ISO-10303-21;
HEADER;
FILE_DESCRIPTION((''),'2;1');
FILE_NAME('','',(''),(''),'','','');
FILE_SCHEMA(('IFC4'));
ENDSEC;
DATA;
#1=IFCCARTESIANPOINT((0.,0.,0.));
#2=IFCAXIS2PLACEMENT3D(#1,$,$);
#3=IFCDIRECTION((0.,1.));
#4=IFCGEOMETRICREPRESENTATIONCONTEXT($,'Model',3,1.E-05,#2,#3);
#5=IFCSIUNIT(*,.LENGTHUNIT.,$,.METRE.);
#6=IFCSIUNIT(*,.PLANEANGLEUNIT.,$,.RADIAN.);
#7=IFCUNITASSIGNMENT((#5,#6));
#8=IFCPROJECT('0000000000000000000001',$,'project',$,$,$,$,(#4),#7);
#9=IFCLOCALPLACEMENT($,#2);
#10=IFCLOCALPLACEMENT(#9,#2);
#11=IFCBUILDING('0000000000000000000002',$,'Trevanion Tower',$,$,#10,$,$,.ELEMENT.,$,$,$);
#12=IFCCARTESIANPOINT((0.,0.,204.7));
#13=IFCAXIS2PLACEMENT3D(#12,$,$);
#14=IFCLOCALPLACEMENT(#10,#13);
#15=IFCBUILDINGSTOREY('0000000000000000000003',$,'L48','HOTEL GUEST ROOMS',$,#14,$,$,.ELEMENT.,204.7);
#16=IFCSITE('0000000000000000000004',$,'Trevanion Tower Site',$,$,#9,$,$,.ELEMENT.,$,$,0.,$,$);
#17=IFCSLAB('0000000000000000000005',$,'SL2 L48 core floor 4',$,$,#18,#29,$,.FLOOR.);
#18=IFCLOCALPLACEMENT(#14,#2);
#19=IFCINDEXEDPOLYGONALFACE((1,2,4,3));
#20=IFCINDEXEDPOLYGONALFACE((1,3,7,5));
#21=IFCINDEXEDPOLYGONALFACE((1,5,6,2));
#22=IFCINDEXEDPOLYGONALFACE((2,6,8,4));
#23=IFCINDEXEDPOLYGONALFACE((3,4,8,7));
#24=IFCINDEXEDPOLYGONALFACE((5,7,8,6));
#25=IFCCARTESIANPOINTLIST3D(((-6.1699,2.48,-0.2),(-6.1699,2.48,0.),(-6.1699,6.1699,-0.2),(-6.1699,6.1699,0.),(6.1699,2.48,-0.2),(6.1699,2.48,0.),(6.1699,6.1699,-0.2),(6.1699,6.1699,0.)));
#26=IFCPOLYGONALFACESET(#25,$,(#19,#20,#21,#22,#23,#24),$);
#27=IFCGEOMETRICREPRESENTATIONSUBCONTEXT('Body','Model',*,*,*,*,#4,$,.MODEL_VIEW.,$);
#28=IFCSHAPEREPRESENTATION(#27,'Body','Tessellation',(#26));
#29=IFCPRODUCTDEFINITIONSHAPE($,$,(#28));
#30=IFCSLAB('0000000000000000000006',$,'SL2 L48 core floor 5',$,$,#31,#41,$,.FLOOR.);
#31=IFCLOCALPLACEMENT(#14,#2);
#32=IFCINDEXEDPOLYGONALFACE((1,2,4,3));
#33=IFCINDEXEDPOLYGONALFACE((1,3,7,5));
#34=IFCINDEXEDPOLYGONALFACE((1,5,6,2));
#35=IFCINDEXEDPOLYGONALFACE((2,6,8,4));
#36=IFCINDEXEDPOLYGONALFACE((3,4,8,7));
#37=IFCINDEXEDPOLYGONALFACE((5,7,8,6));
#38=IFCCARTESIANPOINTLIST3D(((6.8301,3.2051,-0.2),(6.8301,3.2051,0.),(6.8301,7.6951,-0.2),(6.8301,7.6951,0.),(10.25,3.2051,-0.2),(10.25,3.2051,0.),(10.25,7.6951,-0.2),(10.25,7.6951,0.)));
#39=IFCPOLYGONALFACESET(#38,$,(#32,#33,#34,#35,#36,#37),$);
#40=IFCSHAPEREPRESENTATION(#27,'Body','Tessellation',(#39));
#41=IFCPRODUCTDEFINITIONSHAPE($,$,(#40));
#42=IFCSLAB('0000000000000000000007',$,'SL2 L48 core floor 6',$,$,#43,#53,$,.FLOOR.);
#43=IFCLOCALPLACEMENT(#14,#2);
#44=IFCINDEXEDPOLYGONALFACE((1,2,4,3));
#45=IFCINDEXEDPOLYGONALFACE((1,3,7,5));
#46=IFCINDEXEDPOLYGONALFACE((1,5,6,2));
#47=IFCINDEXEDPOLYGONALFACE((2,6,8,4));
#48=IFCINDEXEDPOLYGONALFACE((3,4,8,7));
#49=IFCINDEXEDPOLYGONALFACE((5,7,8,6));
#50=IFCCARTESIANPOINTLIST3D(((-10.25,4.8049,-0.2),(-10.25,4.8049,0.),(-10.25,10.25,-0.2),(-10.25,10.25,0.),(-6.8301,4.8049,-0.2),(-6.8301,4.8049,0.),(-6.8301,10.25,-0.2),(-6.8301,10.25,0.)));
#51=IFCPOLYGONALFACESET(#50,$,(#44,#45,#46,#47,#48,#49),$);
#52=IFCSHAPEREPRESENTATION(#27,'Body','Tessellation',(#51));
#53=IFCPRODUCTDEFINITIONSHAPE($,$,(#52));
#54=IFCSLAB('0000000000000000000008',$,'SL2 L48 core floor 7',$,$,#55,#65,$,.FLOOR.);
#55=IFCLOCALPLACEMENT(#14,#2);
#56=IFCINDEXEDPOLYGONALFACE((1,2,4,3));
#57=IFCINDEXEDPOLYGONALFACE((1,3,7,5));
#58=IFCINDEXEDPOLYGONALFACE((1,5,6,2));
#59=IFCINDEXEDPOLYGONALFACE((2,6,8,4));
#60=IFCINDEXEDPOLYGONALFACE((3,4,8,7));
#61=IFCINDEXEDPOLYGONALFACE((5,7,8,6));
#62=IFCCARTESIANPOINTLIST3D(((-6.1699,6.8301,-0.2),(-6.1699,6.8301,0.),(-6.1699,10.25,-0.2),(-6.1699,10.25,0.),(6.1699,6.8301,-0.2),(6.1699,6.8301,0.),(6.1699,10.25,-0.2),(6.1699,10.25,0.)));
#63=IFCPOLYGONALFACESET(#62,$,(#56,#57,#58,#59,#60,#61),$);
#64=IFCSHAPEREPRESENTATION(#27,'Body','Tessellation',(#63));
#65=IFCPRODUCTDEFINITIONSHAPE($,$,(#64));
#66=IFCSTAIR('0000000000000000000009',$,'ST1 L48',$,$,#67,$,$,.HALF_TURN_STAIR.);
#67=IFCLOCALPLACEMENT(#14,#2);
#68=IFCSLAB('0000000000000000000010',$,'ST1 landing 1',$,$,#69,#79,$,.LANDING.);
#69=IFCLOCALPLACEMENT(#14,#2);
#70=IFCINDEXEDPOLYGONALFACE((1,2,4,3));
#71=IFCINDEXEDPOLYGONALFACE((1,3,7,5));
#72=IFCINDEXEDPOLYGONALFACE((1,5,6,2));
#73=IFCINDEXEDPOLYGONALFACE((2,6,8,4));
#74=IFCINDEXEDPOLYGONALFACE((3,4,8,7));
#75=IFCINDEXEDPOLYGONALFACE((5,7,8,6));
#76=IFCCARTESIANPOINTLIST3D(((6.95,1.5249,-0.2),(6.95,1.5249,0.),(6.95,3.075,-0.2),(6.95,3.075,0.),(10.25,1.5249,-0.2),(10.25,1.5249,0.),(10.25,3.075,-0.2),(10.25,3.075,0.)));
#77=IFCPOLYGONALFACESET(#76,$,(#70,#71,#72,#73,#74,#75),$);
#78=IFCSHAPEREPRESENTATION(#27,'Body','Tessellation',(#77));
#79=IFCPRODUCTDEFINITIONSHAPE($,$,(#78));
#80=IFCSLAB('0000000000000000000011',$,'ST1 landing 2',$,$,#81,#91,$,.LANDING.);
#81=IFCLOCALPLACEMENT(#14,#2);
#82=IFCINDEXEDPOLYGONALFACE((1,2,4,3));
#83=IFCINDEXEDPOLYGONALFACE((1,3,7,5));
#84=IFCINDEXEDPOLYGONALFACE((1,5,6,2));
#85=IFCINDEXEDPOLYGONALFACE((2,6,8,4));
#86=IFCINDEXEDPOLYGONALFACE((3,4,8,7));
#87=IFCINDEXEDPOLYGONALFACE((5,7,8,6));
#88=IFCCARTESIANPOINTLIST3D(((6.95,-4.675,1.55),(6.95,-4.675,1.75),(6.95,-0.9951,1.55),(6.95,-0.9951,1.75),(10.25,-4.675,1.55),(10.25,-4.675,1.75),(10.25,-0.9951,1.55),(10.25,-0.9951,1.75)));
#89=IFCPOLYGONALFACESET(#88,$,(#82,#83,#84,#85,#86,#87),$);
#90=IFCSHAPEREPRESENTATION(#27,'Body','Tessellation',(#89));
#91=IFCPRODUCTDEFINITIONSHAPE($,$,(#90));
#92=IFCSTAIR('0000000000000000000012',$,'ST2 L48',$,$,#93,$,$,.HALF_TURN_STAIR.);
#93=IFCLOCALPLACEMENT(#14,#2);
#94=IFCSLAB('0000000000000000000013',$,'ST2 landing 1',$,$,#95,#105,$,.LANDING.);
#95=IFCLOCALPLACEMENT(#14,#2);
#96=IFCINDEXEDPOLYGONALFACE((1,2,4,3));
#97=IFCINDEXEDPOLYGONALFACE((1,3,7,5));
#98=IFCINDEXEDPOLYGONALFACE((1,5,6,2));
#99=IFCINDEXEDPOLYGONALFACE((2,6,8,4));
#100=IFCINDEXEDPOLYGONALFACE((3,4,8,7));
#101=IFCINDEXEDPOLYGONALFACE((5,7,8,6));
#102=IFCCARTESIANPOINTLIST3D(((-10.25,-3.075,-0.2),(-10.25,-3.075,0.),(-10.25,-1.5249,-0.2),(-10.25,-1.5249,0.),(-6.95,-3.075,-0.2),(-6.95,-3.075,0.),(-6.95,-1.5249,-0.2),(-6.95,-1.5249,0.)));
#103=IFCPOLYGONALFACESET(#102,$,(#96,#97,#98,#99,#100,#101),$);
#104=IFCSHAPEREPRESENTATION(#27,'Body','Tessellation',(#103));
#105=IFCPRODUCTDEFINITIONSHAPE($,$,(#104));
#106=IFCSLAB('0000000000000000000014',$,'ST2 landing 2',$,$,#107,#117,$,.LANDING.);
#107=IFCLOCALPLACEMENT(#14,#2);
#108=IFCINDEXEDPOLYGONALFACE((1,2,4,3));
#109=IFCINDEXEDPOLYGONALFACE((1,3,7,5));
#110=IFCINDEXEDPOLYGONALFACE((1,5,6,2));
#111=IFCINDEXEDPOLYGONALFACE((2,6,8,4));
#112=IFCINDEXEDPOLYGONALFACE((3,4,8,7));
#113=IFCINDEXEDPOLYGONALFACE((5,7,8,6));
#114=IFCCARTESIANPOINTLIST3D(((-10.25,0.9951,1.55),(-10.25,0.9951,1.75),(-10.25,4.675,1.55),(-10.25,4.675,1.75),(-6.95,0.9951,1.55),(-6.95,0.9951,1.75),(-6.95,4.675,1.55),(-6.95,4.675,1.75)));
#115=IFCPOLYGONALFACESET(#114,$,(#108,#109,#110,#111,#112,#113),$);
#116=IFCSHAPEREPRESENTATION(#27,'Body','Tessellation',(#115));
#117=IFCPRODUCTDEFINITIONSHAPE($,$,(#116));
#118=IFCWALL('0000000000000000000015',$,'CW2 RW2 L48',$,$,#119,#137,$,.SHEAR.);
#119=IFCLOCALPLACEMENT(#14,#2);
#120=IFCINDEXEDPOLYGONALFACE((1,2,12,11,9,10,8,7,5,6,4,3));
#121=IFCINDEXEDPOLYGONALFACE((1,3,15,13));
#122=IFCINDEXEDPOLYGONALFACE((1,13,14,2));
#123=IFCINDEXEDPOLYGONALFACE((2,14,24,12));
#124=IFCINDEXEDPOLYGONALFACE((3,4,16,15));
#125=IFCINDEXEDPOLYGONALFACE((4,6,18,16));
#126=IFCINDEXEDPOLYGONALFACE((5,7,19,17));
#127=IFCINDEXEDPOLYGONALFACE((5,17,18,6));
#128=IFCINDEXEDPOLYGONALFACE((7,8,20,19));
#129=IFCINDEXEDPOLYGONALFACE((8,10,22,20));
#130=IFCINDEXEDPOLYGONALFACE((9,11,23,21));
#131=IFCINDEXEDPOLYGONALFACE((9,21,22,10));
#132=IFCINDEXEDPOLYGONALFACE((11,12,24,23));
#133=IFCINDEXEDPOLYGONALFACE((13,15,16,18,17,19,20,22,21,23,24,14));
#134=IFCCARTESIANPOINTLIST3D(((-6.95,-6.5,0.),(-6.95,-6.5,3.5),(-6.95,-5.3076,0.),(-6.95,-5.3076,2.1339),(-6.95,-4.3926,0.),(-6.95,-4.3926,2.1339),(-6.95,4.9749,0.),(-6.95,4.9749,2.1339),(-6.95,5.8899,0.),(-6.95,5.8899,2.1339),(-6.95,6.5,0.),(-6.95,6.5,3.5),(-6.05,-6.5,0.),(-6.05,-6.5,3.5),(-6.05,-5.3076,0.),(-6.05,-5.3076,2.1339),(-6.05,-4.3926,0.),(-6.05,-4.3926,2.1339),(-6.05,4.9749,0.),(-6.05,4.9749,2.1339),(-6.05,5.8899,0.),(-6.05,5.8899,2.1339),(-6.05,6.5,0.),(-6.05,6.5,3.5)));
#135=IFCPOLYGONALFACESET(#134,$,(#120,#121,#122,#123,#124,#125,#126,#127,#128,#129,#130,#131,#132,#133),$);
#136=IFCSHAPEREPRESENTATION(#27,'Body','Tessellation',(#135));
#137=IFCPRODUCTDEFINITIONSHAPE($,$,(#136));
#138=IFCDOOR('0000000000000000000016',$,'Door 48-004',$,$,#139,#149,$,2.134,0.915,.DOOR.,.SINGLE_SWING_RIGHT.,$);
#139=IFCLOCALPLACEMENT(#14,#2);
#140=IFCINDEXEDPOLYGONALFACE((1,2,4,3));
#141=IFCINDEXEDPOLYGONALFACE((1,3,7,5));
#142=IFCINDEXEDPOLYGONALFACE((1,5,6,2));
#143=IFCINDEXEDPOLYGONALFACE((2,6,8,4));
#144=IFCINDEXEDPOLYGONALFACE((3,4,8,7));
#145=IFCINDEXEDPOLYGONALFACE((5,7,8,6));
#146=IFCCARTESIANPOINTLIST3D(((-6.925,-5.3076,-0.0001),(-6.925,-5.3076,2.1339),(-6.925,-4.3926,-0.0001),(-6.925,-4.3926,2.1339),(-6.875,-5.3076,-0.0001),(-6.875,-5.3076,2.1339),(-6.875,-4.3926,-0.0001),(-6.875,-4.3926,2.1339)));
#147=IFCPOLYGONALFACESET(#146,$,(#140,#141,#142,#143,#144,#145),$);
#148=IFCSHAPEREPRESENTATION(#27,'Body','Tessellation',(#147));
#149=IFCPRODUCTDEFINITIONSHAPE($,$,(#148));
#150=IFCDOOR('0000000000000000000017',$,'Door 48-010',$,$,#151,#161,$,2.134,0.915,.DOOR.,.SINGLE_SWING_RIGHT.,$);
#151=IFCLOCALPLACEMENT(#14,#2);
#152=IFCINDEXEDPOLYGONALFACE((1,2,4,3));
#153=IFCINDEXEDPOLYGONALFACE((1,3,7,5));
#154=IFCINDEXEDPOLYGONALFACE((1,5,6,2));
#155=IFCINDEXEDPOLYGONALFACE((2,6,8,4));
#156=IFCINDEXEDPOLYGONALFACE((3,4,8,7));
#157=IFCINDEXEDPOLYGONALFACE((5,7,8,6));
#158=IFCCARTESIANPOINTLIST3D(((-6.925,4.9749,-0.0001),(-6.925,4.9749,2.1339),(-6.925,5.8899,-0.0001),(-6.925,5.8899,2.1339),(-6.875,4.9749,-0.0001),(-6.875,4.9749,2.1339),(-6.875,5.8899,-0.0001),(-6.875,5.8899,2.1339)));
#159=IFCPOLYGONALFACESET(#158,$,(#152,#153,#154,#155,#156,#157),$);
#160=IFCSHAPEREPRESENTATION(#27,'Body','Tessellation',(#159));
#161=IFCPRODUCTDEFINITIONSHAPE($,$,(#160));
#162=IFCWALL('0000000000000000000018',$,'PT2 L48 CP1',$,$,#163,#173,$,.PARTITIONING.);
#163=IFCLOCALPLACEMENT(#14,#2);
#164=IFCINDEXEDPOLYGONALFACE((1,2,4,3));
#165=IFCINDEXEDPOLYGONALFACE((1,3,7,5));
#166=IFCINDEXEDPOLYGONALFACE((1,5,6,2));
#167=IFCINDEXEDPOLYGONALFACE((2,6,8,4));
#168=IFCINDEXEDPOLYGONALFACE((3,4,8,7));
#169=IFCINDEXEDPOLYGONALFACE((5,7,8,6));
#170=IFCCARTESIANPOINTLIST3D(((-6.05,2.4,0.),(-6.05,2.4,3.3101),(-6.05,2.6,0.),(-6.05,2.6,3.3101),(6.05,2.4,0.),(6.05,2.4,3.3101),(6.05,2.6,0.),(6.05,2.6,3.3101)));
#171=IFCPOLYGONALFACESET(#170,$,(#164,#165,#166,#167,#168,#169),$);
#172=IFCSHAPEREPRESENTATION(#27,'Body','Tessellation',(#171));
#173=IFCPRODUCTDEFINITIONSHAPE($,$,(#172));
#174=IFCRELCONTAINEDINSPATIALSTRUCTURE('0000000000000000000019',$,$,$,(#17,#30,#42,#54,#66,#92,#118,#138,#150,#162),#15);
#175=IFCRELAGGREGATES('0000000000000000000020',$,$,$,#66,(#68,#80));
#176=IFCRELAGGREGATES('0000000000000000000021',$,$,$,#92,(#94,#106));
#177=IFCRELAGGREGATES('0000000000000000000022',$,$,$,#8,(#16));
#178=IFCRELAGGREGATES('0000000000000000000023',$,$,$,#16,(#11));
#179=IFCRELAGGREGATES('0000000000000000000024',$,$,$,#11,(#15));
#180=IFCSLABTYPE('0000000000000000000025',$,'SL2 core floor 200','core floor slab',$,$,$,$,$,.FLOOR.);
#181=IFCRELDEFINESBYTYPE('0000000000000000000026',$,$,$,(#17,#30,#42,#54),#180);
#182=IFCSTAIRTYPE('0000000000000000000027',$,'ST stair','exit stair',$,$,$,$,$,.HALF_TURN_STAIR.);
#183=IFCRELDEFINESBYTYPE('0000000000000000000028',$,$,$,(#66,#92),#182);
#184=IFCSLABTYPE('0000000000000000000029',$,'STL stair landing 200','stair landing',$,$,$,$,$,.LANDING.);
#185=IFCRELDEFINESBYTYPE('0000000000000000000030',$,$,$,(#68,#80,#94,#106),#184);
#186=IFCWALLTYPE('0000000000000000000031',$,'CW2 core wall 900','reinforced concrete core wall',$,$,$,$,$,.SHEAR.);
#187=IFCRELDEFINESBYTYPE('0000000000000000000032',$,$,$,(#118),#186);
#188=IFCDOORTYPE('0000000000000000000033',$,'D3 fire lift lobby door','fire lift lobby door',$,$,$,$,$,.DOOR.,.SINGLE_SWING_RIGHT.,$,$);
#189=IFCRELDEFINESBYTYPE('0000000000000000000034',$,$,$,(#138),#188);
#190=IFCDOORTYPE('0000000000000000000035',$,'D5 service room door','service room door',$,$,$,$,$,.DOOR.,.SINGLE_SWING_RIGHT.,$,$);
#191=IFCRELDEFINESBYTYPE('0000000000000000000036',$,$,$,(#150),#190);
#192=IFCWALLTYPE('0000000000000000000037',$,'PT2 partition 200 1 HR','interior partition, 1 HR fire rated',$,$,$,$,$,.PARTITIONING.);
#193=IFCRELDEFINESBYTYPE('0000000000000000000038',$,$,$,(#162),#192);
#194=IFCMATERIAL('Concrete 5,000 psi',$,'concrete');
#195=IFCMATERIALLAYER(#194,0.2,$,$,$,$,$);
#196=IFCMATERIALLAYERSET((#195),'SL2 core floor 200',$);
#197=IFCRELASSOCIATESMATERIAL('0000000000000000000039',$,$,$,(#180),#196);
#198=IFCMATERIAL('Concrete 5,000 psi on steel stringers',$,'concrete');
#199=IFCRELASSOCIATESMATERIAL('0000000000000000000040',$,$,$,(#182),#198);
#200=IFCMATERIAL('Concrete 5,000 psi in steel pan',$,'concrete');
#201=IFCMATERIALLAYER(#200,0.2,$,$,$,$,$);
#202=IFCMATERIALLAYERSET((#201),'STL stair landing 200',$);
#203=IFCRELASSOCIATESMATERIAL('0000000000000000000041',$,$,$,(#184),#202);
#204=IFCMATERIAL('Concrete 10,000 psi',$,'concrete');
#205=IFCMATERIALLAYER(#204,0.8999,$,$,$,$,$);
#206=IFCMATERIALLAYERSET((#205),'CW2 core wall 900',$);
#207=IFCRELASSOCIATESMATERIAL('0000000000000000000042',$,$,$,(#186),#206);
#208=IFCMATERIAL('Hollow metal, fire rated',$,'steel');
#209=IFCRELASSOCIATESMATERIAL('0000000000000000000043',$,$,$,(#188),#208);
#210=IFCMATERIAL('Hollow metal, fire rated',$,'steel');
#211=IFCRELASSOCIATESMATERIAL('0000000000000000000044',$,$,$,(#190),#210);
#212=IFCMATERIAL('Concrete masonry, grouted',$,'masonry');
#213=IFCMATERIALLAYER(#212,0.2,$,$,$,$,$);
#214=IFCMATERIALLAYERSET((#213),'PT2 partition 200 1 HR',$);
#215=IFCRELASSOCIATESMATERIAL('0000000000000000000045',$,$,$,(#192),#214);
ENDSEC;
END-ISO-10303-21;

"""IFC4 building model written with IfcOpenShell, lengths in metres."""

from ifc_helpers import new_model, si_unit, direction, frame, frame_2d, origin, place, context, subcontext, project, spatial, polyline, rectangle, outline, extrude, material, layer, layer_set, type_object, element, fill, aggregate, save


model = new_model("IFC4")

# Units and contexts
model_context = context("Model", 3, precision=1e-05, world=origin(), true_north=direction((0.0, 1.0)))
body_context = subcontext(model_context, "Body", "Model", "MODEL_VIEW")
ifc_project = project(units=[si_unit("LENGTHUNIT", "METRE"), si_unit("PLANEANGLEUNIT", "RADIAN")], contexts=[model_context])

# Site, building, storey
site_placement = place(None, origin())
site = spatial("IfcSite", under=ifc_project, at=site_placement, Name="Trevanion Tower Site", CompositionType="ELEMENT", RefElevation=0.0)
building_placement = place(site_placement, origin())
building = spatial("IfcBuilding", under=site, at=building_placement, Name="Trevanion Tower", CompositionType="ELEMENT")
storey_placement = place(building_placement, frame((0.0, 0.0, 204.7)))
storey = spatial("IfcBuildingStorey", under=building, at=storey_placement, Name="L48", Description="HOTEL GUEST ROOMS", CompositionType="ELEMENT", Elevation=204.7)

# Slabs
ifc_material_1 = material(Name="Concrete 5,000 psi", Category="concrete")
ifc_layer_1 = layer(ifc_material_1, 0.2)
ifc_layer_set_1 = layer_set([ifc_layer_1], Name="SL2 core floor 200")
slab_type_1 = type_object("IfcSlabType", Name="SL2 core floor 200", Description="core floor slab", PredefinedType="FLOOR", material=ifc_layer_set_1)
slab_1_placement = place(storey_placement, frame((0.0, 0.0, -0.2)))
element("IfcSlab", 1, at=slab_1_placement, inside=storey, type_object=slab_type_1, Name="SL2 L48 core floor 4", PredefinedType="FLOOR", context=body_context, shape_type="SweptSolid", body=[
    extrude(outline(polyline([(6.1699, 2.48), (-6.1699, 2.48), (-6.1699, 6.1699), (6.1699, 6.1699), (6.1699, 2.48)])), origin(), (0.0, 0.0, 1.0), 0.2),
])
slab_2_placement = place(storey_placement, frame((0.0, 0.0, -0.2)))
element("IfcSlab", 2, at=slab_2_placement, inside=storey, type_object=slab_type_1, Name="SL2 L48 core floor 5", PredefinedType="FLOOR", context=body_context, shape_type="SweptSolid", body=[
    extrude(outline(polyline([(6.8301, 3.2051), (6.8301, 7.6951), (10.25, 7.6951), (10.25, 3.2051), (6.8301, 3.2051)])), origin(), (0.0, 0.0, 1.0), 0.2),
])
slab_3_placement = place(storey_placement, frame((0.0, 0.0, -0.2)))
element("IfcSlab", 3, at=slab_3_placement, inside=storey, type_object=slab_type_1, Name="SL2 L48 core floor 6", PredefinedType="FLOOR", context=body_context, shape_type="SweptSolid", body=[
    extrude(outline(polyline([(-6.8301, 4.8049), (-10.25, 4.8049), (-10.25, 10.25), (-6.8301, 10.25), (-6.8301, 4.8049)])), origin(), (0.0, 0.0, 1.0), 0.2),
])
slab_4_placement = place(storey_placement, frame((0.0, 0.0, -0.2)))
element("IfcSlab", 4, at=slab_4_placement, inside=storey, type_object=slab_type_1, Name="SL2 L48 core floor 7", PredefinedType="FLOOR", context=body_context, shape_type="SweptSolid", body=[
    extrude(outline(polyline([(6.1699, 6.8301), (-6.1699, 6.8301), (-6.1699, 10.25), (6.1699, 10.25), (6.1699, 6.8301)])), origin(), (0.0, 0.0, 1.0), 0.2),
])

# Stairs, slabs
ifc_material_2 = material(Name="Concrete 5,000 psi on steel stringers", Category="concrete")
stair_type = type_object("IfcStairType", Name="ST stair", Description="exit stair", PredefinedType="HALF_TURN_STAIR", material=ifc_material_2)
stair_1_placement = place(storey_placement, origin())
stair_1 = element("IfcStair", 5, at=stair_1_placement, inside=storey, type_object=stair_type, Name="ST1 L48", PredefinedType="HALF_TURN_STAIR")
ifc_material_3 = material(Name="Concrete 5,000 psi in steel pan", Category="concrete")
ifc_layer_2 = layer(ifc_material_3, 0.2)
ifc_layer_set_2 = layer_set([ifc_layer_2], Name="STL stair landing 200")
slab_type_2 = type_object("IfcSlabType", Name="STL stair landing 200", Description="stair landing", PredefinedType="LANDING", material=ifc_layer_set_2)
slab_5_placement = place(storey_placement, frame((0.0, 0.0, -0.2)))
slab_5 = element("IfcSlab", 6, at=slab_5_placement, type_object=slab_type_2, Name="ST1 landing 1", PredefinedType="LANDING", context=body_context, shape_type="SweptSolid", body=[
    extrude(outline(polyline([(6.95, 1.5249), (10.25, 1.5249), (10.25, 3.075), (6.95, 3.075), (6.95, 1.5249)])), origin(), (0.0, 0.0, 1.0), 0.2),
])
slab_6_placement = place(storey_placement, frame((0.0, 0.0, 1.55)))
slab_6 = element("IfcSlab", 7, at=slab_6_placement, type_object=slab_type_2, Name="ST1 landing 2", PredefinedType="LANDING", context=body_context, shape_type="SweptSolid", body=[
    extrude(outline(polyline([(6.95, -4.675), (10.25, -4.675), (10.25, -0.9951), (6.95, -0.9951), (6.95, -4.675)])), origin(), (0.0, 0.0, 1.0), 0.2),
])
aggregate(stair_1, [slab_5, slab_6])
stair_2_placement = place(storey_placement, origin())
stair_2 = element("IfcStair", 8, at=stair_2_placement, inside=storey, type_object=stair_type, Name="ST2 L48", PredefinedType="HALF_TURN_STAIR")
slab_7_placement = place(storey_placement, frame((0.0, 0.0, -0.2)))
slab_7 = element("IfcSlab", 9, at=slab_7_placement, type_object=slab_type_2, Name="ST2 landing 1", PredefinedType="LANDING", context=body_context, shape_type="SweptSolid", body=[
    extrude(outline(polyline([(-6.95, -1.5249), (-10.25, -1.5249), (-10.25, -3.075), (-6.95, -3.075), (-6.95, -1.5249)])), origin(), (0.0, 0.0, 1.0), 0.2),
])
slab_8_placement = place(storey_placement, frame((0.0, 0.0, 1.55)))
slab_8 = element("IfcSlab", 10, at=slab_8_placement, type_object=slab_type_2, Name="ST2 landing 2", PredefinedType="LANDING", context=body_context, shape_type="SweptSolid", body=[
    extrude(outline(polyline([(-6.95, 4.675), (-10.25, 4.675), (-10.25, 0.9951), (-6.95, 0.9951), (-6.95, 4.675)])), origin(), (0.0, 0.0, 1.0), 0.2),
])

# Wall, openings, doors
ifc_material_4 = material(Name="Concrete 10,000 psi", Category="concrete")
ifc_layer_3 = layer(ifc_material_4, 0.8999)
ifc_layer_set_3 = layer_set([ifc_layer_3], Name="CW2 core wall 900")
wall_type_1 = type_object("IfcWallType", Name="CW2 core wall 900", Description="reinforced concrete core wall", PredefinedType="SHEAR", material=ifc_layer_set_3)
wall_1_placement = place(storey_placement, frame((-6.5, 6.5, 0.0), z_axis=(0.0, 0.0, 1.0), x_axis=(0.0, -1.0, 0.0)))
wall_1 = element("IfcWall", 11, at=wall_1_placement, inside=storey, type_object=wall_type_1, Name="CW2 RW2 L48", PredefinedType="SHEAR", context=body_context, shape_type="SweptSolid", body=[
    extrude(rectangle(XDim=13.0, YDim=0.8999, at=frame_2d((6.5, 0.0))), origin(), (0.0, 0.0, 1.0), 3.5),
])
opening_1_placement = place(wall_1_placement, frame((10.8926, 0.0, 0.0)))
opening_1 = element("IfcOpeningElement", 12, at=opening_1_placement, cuts=wall_1, PredefinedType="OPENING", context=body_context, shape_type="SweptSolid", body=[
    extrude(rectangle(XDim=0.915, YDim=2.134, at=frame_2d((0.4575, 1.0669))), frame((0.0, 0.46, 0.0), z_axis=(0.0, -1.0, 0.0), x_axis=(1.0, 0.0, 0.0)), (0.0, 0.0, 1.0), 0.9199),
])
opening_2_placement = place(wall_1_placement, frame((0.6101, 0.0, 0.0)))
opening_2 = element("IfcOpeningElement", 13, at=opening_2_placement, cuts=wall_1, PredefinedType="OPENING", context=body_context, shape_type="SweptSolid", body=[
    extrude(rectangle(XDim=0.915, YDim=2.134, at=frame_2d((0.4575, 1.0669))), frame((0.0, 0.46, 0.0), z_axis=(0.0, -1.0, 0.0), x_axis=(1.0, 0.0, 0.0)), (0.0, 0.0, 1.0), 0.9199),
])
ifc_material_5 = material(Name="Hollow metal, fire rated", Category="steel")
door_type_1 = type_object("IfcDoorType", Name="D3 fire lift lobby door", Description="fire lift lobby door", OperationType="SINGLE_SWING_RIGHT", PredefinedType="DOOR", material=ifc_material_5)
door_1_placement = place(opening_1_placement, origin())
door_1 = element("IfcDoor", 14, at=door_1_placement, inside=storey, type_object=door_type_1, Name="Door 48-004", OperationType="SINGLE_SWING_RIGHT", OverallHeight=2.134, OverallWidth=0.915, PredefinedType="DOOR", context=body_context, shape_type="SweptSolid", body=[
    extrude(rectangle(XDim=0.915, YDim=2.134, at=frame_2d((0.4575, 1.0669))), frame((0.0, -0.375, 0.0), z_axis=(0.0, -1.0, 0.0), x_axis=(1.0, 0.0, 0.0)), (0.0, 0.0, 1.0), 0.05),
])
fill(opening_1, door_1)
ifc_material_6 = material(Name="Hollow metal, fire rated", Category="steel")
door_type_2 = type_object("IfcDoorType", Name="D5 service room door", Description="service room door", OperationType="SINGLE_SWING_RIGHT", PredefinedType="DOOR", material=ifc_material_6)
door_2_placement = place(opening_2_placement, origin())
door_2 = element("IfcDoor", 15, at=door_2_placement, inside=storey, type_object=door_type_2, Name="Door 48-010", OperationType="SINGLE_SWING_RIGHT", OverallHeight=2.134, OverallWidth=0.915, PredefinedType="DOOR", context=body_context, shape_type="SweptSolid", body=[
    extrude(rectangle(XDim=0.915, YDim=2.134, at=frame_2d((0.4575, 1.0669))), frame((0.0, -0.375, 0.0), z_axis=(0.0, -1.0, 0.0), x_axis=(1.0, 0.0, 0.0)), (0.0, 0.0, 1.0), 0.05),
])
fill(opening_2, door_2)

# Wall
ifc_material_7 = material(Name="Concrete masonry, grouted", Category="masonry")
ifc_layer_4 = layer(ifc_material_7, 0.2)
ifc_layer_set_4 = layer_set([ifc_layer_4], Name="PT2 partition 200 1 HR")
wall_type_2 = type_object("IfcWallType", Name="PT2 partition 200 1 HR", Description="interior partition, 1 HR fire rated", PredefinedType="PARTITIONING", material=ifc_layer_set_4)
wall_2_placement = place(storey_placement, frame((-6.05, 2.5, 0.0), z_axis=(0.0, 0.0, 1.0), x_axis=(1.0, 0.0, 0.0)))
element("IfcWall", 16, at=wall_2_placement, inside=storey, type_object=wall_type_2, Name="PT2 L48 CP1", PredefinedType="PARTITIONING", context=body_context, shape_type="SweptSolid", body=[
    extrude(rectangle(XDim=12.1001, YDim=0.2, at=frame_2d((6.05, 0.0))), origin(), (0.0, 0.0, 1.0), 3.3101),
])

aggregate(stair_2, [slab_7, slab_8])

save(model, "model.ifc")
